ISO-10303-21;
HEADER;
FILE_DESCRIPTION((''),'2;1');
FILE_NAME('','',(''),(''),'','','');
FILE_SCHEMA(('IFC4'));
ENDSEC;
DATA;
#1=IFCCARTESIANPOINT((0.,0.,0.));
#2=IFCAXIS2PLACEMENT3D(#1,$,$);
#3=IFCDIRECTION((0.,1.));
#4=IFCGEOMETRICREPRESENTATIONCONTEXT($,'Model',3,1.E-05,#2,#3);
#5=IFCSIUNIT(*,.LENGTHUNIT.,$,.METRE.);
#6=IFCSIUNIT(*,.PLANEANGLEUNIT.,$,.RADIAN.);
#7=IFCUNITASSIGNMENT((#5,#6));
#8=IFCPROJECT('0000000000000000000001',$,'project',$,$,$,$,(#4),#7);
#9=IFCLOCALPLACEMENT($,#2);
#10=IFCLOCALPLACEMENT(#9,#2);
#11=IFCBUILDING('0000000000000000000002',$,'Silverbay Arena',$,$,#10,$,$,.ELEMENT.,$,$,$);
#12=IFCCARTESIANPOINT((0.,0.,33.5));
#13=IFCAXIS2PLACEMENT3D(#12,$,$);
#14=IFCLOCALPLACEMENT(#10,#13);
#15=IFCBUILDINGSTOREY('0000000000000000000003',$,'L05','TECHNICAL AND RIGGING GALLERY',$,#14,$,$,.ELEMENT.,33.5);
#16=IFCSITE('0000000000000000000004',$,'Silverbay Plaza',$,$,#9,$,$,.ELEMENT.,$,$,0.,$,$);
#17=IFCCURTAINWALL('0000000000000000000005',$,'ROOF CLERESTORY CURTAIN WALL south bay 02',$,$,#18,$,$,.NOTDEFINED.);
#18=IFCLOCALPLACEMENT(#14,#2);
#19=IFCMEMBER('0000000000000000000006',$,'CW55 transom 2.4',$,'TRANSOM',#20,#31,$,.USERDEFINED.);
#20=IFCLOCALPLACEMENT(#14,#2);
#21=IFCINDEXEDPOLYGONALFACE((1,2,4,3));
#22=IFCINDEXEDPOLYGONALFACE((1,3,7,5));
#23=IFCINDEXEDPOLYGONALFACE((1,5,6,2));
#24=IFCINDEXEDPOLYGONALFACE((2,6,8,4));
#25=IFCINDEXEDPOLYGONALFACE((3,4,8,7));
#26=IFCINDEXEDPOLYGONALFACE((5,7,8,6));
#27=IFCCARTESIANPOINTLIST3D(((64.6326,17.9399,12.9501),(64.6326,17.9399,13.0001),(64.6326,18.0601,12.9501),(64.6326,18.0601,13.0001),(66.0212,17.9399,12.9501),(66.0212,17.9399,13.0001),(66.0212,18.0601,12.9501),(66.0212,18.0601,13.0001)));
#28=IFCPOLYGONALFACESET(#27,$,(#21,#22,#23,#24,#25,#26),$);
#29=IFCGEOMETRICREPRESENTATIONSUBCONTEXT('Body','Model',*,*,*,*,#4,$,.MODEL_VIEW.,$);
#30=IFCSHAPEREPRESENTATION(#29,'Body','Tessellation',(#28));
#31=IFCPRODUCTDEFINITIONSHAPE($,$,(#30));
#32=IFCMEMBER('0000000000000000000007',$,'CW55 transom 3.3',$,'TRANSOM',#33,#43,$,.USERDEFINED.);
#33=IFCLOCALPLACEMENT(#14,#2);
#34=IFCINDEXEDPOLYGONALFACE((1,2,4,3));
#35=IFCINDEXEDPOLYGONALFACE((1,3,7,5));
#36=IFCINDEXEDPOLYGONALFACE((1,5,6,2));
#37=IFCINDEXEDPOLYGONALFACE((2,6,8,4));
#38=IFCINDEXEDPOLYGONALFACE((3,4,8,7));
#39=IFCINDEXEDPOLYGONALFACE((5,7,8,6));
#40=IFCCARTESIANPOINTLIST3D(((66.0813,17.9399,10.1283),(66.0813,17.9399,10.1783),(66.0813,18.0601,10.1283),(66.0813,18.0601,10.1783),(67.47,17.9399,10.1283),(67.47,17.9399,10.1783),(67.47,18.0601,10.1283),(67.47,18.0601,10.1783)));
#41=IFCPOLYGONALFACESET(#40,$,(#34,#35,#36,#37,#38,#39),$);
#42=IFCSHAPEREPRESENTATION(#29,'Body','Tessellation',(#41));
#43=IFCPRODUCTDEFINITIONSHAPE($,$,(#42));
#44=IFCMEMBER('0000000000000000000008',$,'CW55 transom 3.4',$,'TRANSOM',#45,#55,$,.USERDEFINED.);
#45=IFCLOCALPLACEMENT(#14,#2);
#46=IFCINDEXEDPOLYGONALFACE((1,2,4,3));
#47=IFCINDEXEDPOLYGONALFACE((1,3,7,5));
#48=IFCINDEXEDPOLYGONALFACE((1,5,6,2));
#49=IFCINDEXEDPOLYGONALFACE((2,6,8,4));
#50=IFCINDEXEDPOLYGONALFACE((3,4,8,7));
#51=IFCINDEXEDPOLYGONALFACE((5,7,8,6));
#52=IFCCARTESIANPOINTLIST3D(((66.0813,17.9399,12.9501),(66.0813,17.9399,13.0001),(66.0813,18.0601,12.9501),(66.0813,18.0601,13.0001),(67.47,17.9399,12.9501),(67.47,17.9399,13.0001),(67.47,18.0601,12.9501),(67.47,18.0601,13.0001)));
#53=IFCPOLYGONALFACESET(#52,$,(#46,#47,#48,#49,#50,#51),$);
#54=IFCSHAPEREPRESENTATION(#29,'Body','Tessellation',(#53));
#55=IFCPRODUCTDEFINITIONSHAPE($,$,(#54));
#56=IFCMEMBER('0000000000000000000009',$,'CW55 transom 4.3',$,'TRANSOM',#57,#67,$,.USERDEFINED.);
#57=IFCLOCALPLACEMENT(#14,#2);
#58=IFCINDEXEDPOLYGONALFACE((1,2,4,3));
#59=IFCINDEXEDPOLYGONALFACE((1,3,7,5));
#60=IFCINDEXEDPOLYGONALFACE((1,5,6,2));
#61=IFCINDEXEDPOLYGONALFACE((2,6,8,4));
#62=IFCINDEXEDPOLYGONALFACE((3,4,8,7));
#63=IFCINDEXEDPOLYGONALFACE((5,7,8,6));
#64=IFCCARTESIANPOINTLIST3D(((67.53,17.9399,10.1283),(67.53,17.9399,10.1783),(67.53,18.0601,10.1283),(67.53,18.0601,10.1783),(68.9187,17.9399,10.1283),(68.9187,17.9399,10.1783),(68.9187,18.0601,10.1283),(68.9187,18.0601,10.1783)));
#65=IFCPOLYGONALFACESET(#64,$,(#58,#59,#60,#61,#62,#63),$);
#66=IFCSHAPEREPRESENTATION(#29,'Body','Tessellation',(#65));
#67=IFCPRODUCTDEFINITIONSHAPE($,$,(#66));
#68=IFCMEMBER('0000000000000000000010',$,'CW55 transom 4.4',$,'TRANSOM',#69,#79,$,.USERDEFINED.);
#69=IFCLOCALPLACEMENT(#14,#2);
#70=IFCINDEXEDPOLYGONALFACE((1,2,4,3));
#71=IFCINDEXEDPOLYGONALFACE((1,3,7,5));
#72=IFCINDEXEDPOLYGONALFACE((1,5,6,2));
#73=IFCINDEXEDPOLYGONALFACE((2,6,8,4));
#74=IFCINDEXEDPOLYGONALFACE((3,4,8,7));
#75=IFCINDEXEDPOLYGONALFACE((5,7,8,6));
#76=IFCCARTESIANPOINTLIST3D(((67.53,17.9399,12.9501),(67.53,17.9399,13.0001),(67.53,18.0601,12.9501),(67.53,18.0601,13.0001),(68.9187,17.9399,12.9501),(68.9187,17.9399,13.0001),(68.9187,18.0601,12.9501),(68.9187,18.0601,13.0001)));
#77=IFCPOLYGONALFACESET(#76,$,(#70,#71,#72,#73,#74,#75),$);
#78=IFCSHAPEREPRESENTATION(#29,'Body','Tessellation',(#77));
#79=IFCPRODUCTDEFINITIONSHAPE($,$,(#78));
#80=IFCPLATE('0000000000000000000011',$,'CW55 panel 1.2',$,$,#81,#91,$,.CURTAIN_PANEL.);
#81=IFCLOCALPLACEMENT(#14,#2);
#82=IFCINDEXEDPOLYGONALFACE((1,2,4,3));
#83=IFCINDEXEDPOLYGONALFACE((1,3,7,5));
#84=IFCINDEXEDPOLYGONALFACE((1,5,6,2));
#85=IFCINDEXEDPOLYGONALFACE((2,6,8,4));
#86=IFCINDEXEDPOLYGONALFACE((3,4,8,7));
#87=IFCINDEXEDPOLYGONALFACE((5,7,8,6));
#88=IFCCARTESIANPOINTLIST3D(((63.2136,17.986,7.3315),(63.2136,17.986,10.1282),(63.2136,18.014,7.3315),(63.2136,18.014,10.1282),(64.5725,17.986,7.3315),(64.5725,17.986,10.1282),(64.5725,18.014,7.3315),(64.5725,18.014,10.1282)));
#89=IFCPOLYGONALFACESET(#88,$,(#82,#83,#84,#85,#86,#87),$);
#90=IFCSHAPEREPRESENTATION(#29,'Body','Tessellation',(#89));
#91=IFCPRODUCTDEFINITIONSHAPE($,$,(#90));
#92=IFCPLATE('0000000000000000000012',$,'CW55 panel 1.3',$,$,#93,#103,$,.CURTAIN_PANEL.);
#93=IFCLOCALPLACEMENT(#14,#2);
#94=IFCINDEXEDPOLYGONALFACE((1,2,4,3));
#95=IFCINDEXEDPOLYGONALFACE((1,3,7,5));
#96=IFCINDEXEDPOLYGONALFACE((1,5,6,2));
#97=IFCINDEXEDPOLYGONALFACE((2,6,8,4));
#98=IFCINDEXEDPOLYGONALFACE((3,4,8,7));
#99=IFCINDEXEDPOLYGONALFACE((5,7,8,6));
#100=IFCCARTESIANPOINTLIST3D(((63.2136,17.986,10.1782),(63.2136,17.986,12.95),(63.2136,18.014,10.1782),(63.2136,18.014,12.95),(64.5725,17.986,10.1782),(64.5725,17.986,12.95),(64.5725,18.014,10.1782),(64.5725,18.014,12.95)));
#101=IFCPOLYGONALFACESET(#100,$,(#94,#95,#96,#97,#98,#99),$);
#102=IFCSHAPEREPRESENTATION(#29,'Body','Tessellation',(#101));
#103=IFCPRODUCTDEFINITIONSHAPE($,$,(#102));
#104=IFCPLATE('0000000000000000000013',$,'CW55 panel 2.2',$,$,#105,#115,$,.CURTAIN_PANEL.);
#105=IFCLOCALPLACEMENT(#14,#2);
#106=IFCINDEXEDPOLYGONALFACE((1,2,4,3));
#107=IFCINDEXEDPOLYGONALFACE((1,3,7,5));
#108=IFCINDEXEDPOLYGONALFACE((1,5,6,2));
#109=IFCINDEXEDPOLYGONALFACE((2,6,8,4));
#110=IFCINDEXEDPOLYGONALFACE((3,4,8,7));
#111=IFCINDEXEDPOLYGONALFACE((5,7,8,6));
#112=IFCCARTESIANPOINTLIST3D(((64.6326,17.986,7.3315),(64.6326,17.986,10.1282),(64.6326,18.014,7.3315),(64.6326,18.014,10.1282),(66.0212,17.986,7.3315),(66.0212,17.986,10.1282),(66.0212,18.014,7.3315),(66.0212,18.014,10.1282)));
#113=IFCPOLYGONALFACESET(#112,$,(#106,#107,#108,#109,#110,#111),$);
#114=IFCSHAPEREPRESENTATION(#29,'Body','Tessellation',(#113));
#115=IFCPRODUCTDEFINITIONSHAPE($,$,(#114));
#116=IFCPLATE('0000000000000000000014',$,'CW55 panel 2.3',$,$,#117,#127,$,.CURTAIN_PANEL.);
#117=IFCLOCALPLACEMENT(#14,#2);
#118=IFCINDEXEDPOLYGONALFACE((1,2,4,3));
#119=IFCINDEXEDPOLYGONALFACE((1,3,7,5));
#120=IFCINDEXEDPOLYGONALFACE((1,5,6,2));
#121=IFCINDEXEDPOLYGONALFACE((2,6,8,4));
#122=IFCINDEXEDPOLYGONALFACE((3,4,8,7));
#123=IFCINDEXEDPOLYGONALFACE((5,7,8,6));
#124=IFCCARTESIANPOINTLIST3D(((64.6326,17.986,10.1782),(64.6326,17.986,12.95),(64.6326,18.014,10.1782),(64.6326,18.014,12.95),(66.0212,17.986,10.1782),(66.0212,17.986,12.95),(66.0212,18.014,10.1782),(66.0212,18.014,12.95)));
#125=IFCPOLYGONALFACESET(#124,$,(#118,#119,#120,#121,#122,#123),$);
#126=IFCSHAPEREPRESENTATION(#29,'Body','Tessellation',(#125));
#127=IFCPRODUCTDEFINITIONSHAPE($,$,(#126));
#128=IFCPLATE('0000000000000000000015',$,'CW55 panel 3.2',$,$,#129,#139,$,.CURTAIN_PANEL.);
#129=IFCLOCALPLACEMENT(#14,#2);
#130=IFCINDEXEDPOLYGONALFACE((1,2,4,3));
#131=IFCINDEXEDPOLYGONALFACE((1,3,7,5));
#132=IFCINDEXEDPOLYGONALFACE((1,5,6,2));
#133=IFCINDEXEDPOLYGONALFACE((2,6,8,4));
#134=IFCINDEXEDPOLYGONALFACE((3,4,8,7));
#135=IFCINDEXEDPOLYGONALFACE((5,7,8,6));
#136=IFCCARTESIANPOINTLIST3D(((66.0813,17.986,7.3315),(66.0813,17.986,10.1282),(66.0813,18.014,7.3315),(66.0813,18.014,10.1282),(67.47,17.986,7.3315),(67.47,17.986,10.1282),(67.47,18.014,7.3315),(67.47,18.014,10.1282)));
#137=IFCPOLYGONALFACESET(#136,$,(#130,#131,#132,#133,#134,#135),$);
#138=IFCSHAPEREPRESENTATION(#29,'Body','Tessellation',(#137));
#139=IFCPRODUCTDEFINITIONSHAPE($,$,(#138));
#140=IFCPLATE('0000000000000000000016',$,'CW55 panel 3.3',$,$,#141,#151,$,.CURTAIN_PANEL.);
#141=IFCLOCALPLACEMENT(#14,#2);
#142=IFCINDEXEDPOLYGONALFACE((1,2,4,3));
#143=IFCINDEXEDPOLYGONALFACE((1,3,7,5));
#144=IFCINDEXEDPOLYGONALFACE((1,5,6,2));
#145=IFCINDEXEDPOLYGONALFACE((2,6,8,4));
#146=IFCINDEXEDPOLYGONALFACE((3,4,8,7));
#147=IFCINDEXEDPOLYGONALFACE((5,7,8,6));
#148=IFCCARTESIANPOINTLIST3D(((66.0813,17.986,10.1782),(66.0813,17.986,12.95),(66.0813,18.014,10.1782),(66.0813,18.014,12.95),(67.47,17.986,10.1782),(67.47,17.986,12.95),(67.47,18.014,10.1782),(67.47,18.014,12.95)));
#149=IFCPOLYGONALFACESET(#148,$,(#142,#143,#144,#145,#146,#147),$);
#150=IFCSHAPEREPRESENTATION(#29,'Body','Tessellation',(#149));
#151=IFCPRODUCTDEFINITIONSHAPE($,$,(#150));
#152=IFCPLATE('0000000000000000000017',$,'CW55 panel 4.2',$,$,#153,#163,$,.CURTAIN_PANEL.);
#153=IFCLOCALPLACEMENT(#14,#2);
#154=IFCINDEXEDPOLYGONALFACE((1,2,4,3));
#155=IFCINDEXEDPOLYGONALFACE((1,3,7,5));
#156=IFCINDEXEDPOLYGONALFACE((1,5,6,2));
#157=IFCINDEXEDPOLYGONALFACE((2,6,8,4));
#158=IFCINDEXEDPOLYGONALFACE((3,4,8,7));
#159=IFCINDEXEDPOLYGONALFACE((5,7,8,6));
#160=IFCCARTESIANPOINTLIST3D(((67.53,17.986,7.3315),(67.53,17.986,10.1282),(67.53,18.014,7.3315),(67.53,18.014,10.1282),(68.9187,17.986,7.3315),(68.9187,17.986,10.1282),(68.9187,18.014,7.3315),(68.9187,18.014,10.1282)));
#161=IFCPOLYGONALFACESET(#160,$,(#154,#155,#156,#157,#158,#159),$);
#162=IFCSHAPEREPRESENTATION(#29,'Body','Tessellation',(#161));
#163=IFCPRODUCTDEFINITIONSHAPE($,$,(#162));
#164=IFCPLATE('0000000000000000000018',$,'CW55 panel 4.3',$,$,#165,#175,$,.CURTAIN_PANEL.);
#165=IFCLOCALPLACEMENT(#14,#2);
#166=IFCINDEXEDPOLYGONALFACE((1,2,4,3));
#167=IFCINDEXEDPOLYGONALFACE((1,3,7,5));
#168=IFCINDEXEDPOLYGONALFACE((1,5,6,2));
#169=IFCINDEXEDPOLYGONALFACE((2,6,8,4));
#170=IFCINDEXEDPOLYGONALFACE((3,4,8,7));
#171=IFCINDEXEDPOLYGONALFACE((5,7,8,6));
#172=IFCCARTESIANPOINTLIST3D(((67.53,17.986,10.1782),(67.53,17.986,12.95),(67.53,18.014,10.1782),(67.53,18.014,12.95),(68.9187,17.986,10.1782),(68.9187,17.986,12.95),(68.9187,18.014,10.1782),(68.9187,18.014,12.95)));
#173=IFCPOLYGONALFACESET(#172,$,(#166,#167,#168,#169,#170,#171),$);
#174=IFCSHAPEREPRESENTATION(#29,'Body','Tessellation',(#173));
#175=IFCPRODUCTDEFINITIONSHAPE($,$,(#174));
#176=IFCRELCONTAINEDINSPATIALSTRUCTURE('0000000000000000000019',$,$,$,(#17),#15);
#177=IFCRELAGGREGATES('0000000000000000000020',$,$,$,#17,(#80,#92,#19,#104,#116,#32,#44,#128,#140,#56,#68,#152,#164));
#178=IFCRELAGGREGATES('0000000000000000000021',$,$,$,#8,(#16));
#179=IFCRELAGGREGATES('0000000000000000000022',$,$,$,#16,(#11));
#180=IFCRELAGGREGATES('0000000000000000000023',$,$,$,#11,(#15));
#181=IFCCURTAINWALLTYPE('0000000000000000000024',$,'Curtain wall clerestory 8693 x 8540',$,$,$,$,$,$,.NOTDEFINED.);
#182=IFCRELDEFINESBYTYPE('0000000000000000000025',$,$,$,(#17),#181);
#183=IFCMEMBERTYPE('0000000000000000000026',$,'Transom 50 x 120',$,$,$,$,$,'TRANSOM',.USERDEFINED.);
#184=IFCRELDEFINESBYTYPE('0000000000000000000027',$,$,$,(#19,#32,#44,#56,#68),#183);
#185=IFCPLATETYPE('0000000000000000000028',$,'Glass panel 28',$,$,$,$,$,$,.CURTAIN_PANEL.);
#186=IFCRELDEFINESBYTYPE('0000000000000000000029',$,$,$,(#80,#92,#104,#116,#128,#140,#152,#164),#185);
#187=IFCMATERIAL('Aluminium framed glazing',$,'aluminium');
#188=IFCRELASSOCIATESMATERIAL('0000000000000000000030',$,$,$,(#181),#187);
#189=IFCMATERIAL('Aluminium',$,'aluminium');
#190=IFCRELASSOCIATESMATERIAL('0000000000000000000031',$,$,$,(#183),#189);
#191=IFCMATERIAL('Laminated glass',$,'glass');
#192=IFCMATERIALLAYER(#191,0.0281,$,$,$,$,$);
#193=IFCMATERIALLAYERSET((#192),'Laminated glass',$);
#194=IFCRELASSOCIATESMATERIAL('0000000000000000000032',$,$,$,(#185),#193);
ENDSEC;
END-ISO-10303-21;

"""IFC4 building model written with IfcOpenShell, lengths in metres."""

from ifc_helpers import new_model, si_unit, direction, frame, origin, origin_2d, place, context, subcontext, project, spatial, rectangle, extrude, material, layer, layer_set, material_profile, profile_set, type_object, element, aggregate, save


model = new_model("IFC4")

# Units and contexts
model_context = context("Model", 3, precision=1e-05, world=origin(), true_north=direction((0.0, 1.0)))
body_context = subcontext(model_context, "Body", "Model", "MODEL_VIEW")
ifc_project = project(units=[si_unit("LENGTHUNIT", "METRE"), si_unit("PLANEANGLEUNIT", "RADIAN")], contexts=[model_context])

# Site, building, storey
site_placement = place(None, origin())
site = spatial("IfcSite", under=ifc_project, at=site_placement, Name="Silverbay Plaza", CompositionType="ELEMENT", RefElevation=0.0)
building_placement = place(site_placement, origin())
building = spatial("IfcBuilding", under=site, at=building_placement, Name="Silverbay Arena", CompositionType="ELEMENT")
storey_placement = place(building_placement, frame((0.0, 0.0, 33.5)))
storey = spatial("IfcBuildingStorey", under=building, at=storey_placement, Name="L05", Description="TECHNICAL AND RIGGING GALLERY", CompositionType="ELEMENT", Elevation=33.5)

# Curtain wall, members, plates
ifc_material_1 = material(Name="Aluminium framed glazing", Category="aluminium")
curtain_wall_type = type_object("IfcCurtainWallType", Name="Curtain wall clerestory 8693 x 8540", PredefinedType="NOTDEFINED", material=ifc_material_1)
curtain_wall_placement = place(storey_placement, origin())
curtain_wall = element("IfcCurtainWall", 1, at=curtain_wall_placement, inside=storey, type_object=curtain_wall_type, Name="ROOF CLERESTORY CURTAIN WALL south bay 02", PredefinedType="NOTDEFINED")
ifc_material_2 = material(Name="Aluminium", Category="aluminium")
ifc_material_profile_1 = material_profile(ifc_material_2, rectangle(XDim=0.1201, YDim=0.05, at=origin_2d()), Name="Transom 50 x 120")
ifc_profile_set_1 = profile_set([ifc_material_profile_1], Name="Aluminium")
member_type_1 = type_object("IfcMemberType", Name="Transom 50 x 120", ElementType="TRANSOM", PredefinedType="USERDEFINED", material=ifc_profile_set_1)
member_1_placement = place(storey_placement, frame((64.6326, 18.0, 12.9751), z_axis=(1.0, 0.0, 0.0), x_axis=(0.0, 1.0, 0.0)))
member_1 = element("IfcMember", 2, at=member_1_placement, type_object=member_type_1, Name="CW55 transom 2.4", ObjectType="TRANSOM", PredefinedType="USERDEFINED", context=body_context, shape_type="SweptSolid", body=[
    extrude(rectangle(XDim=0.1201, YDim=0.05, at=origin_2d()), origin(), (0.0, 0.0, 1.0), 1.3887),
])
member_2_placement = place(storey_placement, frame((66.0813, 18.0, 10.1533), z_axis=(1.0, 0.0, 0.0), x_axis=(0.0, 1.0, 0.0)))
member_2 = element("IfcMember", 3, at=member_2_placement, type_object=member_type_1, Name="CW55 transom 3.3", ObjectType="TRANSOM", PredefinedType="USERDEFINED", context=body_context, shape_type="SweptSolid", body=[
    extrude(rectangle(XDim=0.1201, YDim=0.05, at=origin_2d()), origin(), (0.0, 0.0, 1.0), 1.3887),
])
member_3_placement = place(storey_placement, frame((66.0813, 18.0, 12.9751), z_axis=(1.0, 0.0, 0.0), x_axis=(0.0, 1.0, 0.0)))
member_3 = element("IfcMember", 4, at=member_3_placement, type_object=member_type_1, Name="CW55 transom 3.4", ObjectType="TRANSOM", PredefinedType="USERDEFINED", context=body_context, shape_type="SweptSolid", body=[
    extrude(rectangle(XDim=0.1201, YDim=0.05, at=origin_2d()), origin(), (0.0, 0.0, 1.0), 1.3887),
])
member_4_placement = place(storey_placement, frame((67.53, 18.0, 10.1533), z_axis=(1.0, 0.0, 0.0), x_axis=(0.0, 1.0, 0.0)))
member_4 = element("IfcMember", 5, at=member_4_placement, type_object=member_type_1, Name="CW55 transom 4.3", ObjectType="TRANSOM", PredefinedType="USERDEFINED", context=body_context, shape_type="SweptSolid", body=[
    extrude(rectangle(XDim=0.1201, YDim=0.05, at=origin_2d()), origin(), (0.0, 0.0, 1.0), 1.3887),
])
member_5_placement = place(storey_placement, frame((67.53, 18.0, 12.9751), z_axis=(1.0, 0.0, 0.0), x_axis=(0.0, 1.0, 0.0)))
member_5 = element("IfcMember", 6, at=member_5_placement, type_object=member_type_1, Name="CW55 transom 4.4", ObjectType="TRANSOM", PredefinedType="USERDEFINED", context=body_context, shape_type="SweptSolid", body=[
    extrude(rectangle(XDim=0.1201, YDim=0.05, at=origin_2d()), origin(), (0.0, 0.0, 1.0), 1.3887),
])
ifc_material_3 = material(Name="Laminated glass", Category="glass")
ifc_layer = layer(ifc_material_3, 0.0281)
ifc_layer_set = layer_set([ifc_layer], Name="Laminated glass")
plate_type = type_object("IfcPlateType", Name="Glass panel 28", PredefinedType="CURTAIN_PANEL", material=ifc_layer_set)
plate_1_placement = place(storey_placement, frame((63.8931, 18.0, 7.3315), z_axis=(0.0, 0.0, 1.0), x_axis=(1.0, 0.0, 0.0)))
plate_1 = element("IfcPlate", 7, at=plate_1_placement, type_object=plate_type, Name="CW55 panel 1.2", PredefinedType="CURTAIN_PANEL", context=body_context, shape_type="SweptSolid", body=[
    extrude(rectangle(XDim=1.3589, YDim=0.0281, at=origin_2d()), origin(), (0.0, 0.0, 1.0), 2.7966),
])
plate_2_placement = place(storey_placement, frame((63.8931, 18.0, 10.1782), z_axis=(0.0, 0.0, 1.0), x_axis=(1.0, 0.0, 0.0)))
plate_2 = element("IfcPlate", 8, at=plate_2_placement, type_object=plate_type, Name="CW55 panel 1.3", PredefinedType="CURTAIN_PANEL", context=body_context, shape_type="SweptSolid", body=[
    extrude(rectangle(XDim=1.3589, YDim=0.0281, at=origin_2d()), origin(), (0.0, 0.0, 1.0), 2.7717),
])
plate_3_placement = place(storey_placement, frame((65.3269, 18.0, 7.3315), z_axis=(0.0, 0.0, 1.0), x_axis=(1.0, 0.0, 0.0)))
plate_3 = element("IfcPlate", 9, at=plate_3_placement, type_object=plate_type, Name="CW55 panel 2.2", PredefinedType="CURTAIN_PANEL", context=body_context, shape_type="SweptSolid", body=[
    extrude(rectangle(XDim=1.3887, YDim=0.0281, at=origin_2d()), origin(), (0.0, 0.0, 1.0), 2.7966),
])
plate_4_placement = place(storey_placement, frame((65.3269, 18.0, 10.1782), z_axis=(0.0, 0.0, 1.0), x_axis=(1.0, 0.0, 0.0)))
plate_4 = element("IfcPlate", 10, at=plate_4_placement, type_object=plate_type, Name="CW55 panel 2.3", PredefinedType="CURTAIN_PANEL", context=body_context, shape_type="SweptSolid", body=[
    extrude(rectangle(XDim=1.3887, YDim=0.0281, at=origin_2d()), origin(), (0.0, 0.0, 1.0), 2.7717),
])
plate_5_placement = place(storey_placement, frame((66.7756, 18.0, 7.3315), z_axis=(0.0, 0.0, 1.0), x_axis=(1.0, 0.0, 0.0)))
plate_5 = element("IfcPlate", 11, at=plate_5_placement, type_object=plate_type, Name="CW55 panel 3.2", PredefinedType="CURTAIN_PANEL", context=body_context, shape_type="SweptSolid", body=[
    extrude(rectangle(XDim=1.3887, YDim=0.0281, at=origin_2d()), origin(), (0.0, 0.0, 1.0), 2.7966),
])
plate_6_placement = place(storey_placement, frame((66.7756, 18.0, 10.1782), z_axis=(0.0, 0.0, 1.0), x_axis=(1.0, 0.0, 0.0)))
plate_6 = element("IfcPlate", 12, at=plate_6_placement, type_object=plate_type, Name="CW55 panel 3.3", PredefinedType="CURTAIN_PANEL", context=body_context, shape_type="SweptSolid", body=[
    extrude(rectangle(XDim=1.3887, YDim=0.0281, at=origin_2d()), origin(), (0.0, 0.0, 1.0), 2.7717),
])
plate_7_placement = place(storey_placement, frame((68.2244, 18.0, 7.3315), z_axis=(0.0, 0.0, 1.0), x_axis=(1.0, 0.0, 0.0)))
plate_7 = element("IfcPlate", 13, at=plate_7_placement, type_object=plate_type, Name="CW55 panel 4.2", PredefinedType="CURTAIN_PANEL", context=body_context, shape_type="SweptSolid", body=[
    extrude(rectangle(XDim=1.3887, YDim=0.0281, at=origin_2d()), origin(), (0.0, 0.0, 1.0), 2.7966),
])
plate_8_placement = place(storey_placement, frame((68.2244, 18.0, 10.1782), z_axis=(0.0, 0.0, 1.0), x_axis=(1.0, 0.0, 0.0)))
plate_8 = element("IfcPlate", 14, at=plate_8_placement, type_object=plate_type, Name="CW55 panel 4.3", PredefinedType="CURTAIN_PANEL", context=body_context, shape_type="SweptSolid", body=[
    extrude(rectangle(XDim=1.3887, YDim=0.0281, at=origin_2d()), origin(), (0.0, 0.0, 1.0), 2.7717),
])
aggregate(curtain_wall, [plate_1, plate_2, member_1, plate_3, plate_4, member_2, member_3, plate_5, plate_6, member_4, member_5, plate_7, plate_8])

save(model, "model.ifc")
